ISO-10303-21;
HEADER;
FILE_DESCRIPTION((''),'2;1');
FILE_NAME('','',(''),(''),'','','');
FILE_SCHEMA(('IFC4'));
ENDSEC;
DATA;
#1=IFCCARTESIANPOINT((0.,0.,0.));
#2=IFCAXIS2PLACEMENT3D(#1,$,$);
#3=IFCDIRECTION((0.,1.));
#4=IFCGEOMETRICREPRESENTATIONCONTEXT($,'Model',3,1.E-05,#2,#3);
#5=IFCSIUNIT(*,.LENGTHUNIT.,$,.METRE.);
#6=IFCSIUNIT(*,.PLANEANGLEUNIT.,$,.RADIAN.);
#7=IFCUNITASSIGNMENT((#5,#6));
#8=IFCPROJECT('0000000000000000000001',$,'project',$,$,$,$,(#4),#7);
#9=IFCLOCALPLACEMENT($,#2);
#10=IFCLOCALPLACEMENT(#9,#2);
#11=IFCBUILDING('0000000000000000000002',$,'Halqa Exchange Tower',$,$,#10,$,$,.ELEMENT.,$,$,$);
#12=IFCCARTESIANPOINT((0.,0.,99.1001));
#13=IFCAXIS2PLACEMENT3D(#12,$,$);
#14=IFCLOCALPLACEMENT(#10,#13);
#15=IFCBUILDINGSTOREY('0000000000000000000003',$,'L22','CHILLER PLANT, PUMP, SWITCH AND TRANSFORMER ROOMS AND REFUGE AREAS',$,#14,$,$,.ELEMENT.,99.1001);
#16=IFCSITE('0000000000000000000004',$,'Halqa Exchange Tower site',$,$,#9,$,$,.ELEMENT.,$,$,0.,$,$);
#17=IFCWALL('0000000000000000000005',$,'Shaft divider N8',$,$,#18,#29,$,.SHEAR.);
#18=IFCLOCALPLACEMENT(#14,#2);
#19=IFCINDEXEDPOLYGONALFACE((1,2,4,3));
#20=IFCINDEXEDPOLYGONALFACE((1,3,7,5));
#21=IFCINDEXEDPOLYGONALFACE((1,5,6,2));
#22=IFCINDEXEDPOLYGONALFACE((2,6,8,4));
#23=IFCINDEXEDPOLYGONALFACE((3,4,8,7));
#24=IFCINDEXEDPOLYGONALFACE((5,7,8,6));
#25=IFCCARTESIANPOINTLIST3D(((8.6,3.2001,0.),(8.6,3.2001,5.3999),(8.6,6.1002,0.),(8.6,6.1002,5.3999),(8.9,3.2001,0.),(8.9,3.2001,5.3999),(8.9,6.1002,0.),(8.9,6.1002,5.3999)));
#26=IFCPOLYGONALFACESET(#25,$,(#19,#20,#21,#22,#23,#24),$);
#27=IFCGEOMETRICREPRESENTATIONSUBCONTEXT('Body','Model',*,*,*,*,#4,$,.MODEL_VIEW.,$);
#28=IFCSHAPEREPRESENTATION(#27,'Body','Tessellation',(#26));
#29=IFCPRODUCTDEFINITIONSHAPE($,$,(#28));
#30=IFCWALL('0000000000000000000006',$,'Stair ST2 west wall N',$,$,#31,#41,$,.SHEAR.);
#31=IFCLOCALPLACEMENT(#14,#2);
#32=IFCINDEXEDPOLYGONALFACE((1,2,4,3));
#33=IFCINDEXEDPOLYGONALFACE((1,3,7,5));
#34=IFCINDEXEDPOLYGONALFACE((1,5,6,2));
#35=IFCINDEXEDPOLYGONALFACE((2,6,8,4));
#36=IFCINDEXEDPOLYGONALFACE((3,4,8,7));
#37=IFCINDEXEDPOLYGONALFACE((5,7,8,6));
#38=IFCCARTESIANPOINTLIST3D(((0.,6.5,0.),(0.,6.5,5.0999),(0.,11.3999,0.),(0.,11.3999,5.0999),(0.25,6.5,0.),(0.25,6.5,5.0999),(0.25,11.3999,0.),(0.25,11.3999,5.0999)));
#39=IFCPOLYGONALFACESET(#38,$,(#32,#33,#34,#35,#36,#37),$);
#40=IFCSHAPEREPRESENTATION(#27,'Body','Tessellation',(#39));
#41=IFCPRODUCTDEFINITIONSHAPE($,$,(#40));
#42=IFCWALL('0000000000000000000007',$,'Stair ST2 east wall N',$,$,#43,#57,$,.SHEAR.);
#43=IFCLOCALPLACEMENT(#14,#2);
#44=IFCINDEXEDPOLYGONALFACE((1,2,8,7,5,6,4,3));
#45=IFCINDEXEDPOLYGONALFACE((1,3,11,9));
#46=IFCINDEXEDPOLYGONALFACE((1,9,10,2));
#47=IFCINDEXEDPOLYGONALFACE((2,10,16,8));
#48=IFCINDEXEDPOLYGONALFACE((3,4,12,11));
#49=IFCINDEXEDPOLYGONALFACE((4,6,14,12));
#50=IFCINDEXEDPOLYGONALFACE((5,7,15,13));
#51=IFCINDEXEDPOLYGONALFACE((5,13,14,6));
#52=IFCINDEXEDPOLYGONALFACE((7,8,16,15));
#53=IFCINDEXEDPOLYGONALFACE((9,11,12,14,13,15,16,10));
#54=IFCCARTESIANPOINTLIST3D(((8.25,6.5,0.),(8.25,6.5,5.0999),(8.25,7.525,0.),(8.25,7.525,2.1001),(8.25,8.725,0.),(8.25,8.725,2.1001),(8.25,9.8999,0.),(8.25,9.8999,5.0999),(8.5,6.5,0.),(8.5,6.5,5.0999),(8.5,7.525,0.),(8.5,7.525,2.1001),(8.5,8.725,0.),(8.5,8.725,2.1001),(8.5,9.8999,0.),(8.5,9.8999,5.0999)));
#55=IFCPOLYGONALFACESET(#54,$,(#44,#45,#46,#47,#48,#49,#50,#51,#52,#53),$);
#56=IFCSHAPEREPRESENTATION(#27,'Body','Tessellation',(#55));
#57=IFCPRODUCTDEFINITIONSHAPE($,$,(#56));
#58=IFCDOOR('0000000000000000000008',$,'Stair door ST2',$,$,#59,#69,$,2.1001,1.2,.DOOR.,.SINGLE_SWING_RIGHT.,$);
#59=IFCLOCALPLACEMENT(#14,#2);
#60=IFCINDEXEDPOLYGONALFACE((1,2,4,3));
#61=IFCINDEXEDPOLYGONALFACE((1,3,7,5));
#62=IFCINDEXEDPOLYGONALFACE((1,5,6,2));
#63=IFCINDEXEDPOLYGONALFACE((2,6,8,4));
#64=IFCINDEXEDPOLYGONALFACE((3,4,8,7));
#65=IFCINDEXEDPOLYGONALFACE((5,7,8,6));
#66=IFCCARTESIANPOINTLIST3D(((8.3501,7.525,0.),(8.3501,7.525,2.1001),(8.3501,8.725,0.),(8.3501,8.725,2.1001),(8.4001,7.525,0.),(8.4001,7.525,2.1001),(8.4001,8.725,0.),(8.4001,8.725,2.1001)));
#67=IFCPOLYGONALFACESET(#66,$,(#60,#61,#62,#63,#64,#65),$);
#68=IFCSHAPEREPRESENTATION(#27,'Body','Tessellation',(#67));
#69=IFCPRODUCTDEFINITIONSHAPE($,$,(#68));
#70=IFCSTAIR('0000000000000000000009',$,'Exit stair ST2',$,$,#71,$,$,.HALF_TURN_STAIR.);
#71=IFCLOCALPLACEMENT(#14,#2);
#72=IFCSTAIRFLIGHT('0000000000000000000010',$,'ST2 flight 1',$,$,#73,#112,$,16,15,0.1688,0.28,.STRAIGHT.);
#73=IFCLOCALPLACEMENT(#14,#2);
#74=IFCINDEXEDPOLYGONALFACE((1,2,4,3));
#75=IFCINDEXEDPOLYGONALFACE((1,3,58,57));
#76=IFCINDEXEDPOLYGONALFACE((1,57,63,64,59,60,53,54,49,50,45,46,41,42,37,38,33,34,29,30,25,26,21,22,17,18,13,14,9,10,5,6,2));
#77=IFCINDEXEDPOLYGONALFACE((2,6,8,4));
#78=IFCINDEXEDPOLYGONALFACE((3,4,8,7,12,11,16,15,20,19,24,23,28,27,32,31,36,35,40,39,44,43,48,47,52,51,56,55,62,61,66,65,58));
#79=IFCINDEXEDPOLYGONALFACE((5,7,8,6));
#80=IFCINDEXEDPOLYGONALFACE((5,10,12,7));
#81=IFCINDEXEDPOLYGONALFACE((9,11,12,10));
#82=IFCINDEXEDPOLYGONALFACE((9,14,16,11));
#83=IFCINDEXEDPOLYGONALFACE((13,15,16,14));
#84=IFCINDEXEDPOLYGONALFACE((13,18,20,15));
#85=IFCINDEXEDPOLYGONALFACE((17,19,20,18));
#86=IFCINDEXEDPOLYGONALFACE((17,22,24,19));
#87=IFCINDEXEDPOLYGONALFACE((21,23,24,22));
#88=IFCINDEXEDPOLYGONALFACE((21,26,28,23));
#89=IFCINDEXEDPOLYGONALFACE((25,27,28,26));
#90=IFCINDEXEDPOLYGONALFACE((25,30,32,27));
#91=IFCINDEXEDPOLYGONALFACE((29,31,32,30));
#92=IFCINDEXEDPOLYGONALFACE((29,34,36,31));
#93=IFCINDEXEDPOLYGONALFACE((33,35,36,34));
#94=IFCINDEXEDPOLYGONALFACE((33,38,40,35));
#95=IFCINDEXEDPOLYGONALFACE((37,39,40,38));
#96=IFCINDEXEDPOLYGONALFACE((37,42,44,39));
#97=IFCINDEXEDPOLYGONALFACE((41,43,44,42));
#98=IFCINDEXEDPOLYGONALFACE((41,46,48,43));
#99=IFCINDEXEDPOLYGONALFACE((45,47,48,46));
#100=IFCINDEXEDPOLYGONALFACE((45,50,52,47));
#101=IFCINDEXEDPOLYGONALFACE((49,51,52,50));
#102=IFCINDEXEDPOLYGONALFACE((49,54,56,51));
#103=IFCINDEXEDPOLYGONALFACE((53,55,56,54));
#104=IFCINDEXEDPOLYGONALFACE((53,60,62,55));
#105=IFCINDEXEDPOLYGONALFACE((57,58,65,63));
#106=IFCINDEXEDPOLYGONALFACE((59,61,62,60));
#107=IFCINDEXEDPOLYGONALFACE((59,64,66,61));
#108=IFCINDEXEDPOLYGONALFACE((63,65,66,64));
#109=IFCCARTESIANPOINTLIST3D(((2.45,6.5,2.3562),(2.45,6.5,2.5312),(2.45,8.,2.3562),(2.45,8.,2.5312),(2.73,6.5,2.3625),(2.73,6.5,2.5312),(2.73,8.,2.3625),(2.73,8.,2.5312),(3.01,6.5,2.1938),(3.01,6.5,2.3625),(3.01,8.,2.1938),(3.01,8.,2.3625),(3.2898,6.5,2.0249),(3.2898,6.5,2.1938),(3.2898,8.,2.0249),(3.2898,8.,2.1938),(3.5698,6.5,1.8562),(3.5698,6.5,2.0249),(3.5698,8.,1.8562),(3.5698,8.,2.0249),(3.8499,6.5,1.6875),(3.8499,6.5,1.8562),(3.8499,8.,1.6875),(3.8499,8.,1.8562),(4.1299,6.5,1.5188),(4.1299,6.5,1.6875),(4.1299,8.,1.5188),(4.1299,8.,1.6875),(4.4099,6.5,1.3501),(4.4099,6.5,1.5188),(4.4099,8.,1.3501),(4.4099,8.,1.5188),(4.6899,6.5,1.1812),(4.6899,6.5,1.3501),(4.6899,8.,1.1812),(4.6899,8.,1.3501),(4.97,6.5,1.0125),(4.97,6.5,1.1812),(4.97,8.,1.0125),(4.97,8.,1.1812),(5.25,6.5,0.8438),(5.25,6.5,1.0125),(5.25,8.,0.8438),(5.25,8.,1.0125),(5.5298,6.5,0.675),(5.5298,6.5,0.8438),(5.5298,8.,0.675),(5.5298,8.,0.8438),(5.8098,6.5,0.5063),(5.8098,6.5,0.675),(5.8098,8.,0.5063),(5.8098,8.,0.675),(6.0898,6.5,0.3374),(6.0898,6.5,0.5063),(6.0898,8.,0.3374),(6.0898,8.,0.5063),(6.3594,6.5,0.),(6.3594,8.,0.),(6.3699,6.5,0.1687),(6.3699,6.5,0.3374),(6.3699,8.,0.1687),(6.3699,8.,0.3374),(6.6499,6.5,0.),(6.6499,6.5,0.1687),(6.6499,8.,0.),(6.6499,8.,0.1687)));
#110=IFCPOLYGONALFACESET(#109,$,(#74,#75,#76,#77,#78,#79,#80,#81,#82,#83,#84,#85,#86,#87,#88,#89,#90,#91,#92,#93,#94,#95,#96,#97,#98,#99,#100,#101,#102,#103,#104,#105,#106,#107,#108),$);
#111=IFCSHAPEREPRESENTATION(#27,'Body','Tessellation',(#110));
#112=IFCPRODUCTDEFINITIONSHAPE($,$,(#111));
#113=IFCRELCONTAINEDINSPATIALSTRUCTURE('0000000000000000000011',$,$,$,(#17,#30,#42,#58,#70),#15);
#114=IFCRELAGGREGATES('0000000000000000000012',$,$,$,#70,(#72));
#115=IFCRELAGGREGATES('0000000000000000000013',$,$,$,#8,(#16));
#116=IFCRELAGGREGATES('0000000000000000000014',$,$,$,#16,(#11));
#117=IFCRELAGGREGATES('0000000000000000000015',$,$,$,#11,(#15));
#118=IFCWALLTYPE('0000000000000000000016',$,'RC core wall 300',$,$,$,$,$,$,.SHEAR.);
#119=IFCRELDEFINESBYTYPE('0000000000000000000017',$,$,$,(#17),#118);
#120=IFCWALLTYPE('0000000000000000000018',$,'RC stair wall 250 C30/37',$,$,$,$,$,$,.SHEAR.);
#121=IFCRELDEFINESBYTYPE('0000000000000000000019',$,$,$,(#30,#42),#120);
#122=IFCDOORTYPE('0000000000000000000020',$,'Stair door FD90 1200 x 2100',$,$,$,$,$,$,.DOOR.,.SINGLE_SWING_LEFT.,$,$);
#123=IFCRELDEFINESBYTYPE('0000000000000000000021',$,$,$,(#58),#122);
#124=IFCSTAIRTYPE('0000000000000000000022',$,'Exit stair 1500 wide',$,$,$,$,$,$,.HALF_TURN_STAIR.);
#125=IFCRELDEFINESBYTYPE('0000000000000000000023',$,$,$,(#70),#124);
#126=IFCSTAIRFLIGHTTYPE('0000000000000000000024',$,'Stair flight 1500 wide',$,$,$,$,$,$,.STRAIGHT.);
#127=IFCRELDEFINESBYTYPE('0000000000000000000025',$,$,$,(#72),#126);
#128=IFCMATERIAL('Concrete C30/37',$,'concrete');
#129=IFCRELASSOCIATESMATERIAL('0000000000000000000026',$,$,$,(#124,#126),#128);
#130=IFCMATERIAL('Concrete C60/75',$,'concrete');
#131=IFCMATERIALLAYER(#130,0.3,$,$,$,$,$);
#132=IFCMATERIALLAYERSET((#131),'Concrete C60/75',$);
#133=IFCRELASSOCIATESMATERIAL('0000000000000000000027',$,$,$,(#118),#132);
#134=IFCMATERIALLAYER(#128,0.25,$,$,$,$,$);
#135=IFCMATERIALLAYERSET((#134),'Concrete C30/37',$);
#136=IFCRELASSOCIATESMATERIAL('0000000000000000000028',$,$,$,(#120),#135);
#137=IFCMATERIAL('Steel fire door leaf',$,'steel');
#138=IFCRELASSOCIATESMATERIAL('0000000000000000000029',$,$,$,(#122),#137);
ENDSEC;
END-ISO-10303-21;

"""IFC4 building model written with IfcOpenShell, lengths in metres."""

from ifc_helpers import new_model, si_unit, direction, frame, frame_2d, origin, place, context, subcontext, project, spatial, polyline, rectangle, outline, extrude, material, layer, layer_set, type_object, element, fill, aggregate, save


model = new_model("IFC4")

# Units and contexts
model_context = context("Model", 3, precision=1e-05, world=origin(), true_north=direction((0.0, 1.0)))
body_context = subcontext(model_context, "Body", "Model", "MODEL_VIEW")
ifc_project = project(units=[si_unit("LENGTHUNIT", "METRE"), si_unit("PLANEANGLEUNIT", "RADIAN")], contexts=[model_context])

# Site, building, storey
site_placement = place(None, origin())
site = spatial("IfcSite", under=ifc_project, at=site_placement, Name="Halqa Exchange Tower site", CompositionType="ELEMENT", RefElevation=0.0)
building_placement = place(site_placement, origin())
building = spatial("IfcBuilding", under=site, at=building_placement, Name="Halqa Exchange Tower", CompositionType="ELEMENT")
storey_placement = place(building_placement, frame((0.0, 0.0, 99.1001)))
storey = spatial("IfcBuildingStorey", under=building, at=storey_placement, Name="L22", Description="CHILLER PLANT, PUMP, SWITCH AND TRANSFORMER ROOMS AND REFUGE AREAS", CompositionType="ELEMENT", Elevation=99.1001)

# Shared definitions
ifc_material_1 = material(Name="Concrete C30/37", Category="concrete")
stair_type = type_object("IfcStairType", Name="Exit stair 1500 wide", PredefinedType="HALF_TURN_STAIR", material=ifc_material_1)

# Walls
ifc_material_2 = material(Name="Concrete C60/75", Category="concrete")
ifc_layer_1 = layer(ifc_material_2, 0.3)
ifc_layer_set_1 = layer_set([ifc_layer_1], Name="Concrete C60/75")
wall_type_1 = type_object("IfcWallType", Name="RC core wall 300", PredefinedType="SHEAR", material=ifc_layer_set_1)
for number, where, z_axis, x_axis, name in (
    (1, (8.75, 3.2, 0.0), (0.0, 0.0, 1.0), (0.0, 1.0, 0.0), "Shaft divider N8"),
):
    element("IfcWall", number, at=place(storey_placement, frame(where, z_axis=z_axis, x_axis=x_axis)), inside=storey, type_object=wall_type_1, Name=name, PredefinedType="SHEAR", context=body_context, shape_type="SweptSolid", body=[
        extrude(rectangle(XDim=2.9001, YDim=0.3, at=frame_2d((1.4502, 0.0))), origin(), (0.0, 0.0, 1.0), 5.3999),
    ])
ifc_layer_2 = layer(ifc_material_1, 0.25)
ifc_layer_set_2 = layer_set([ifc_layer_2], Name="Concrete C30/37")
wall_type_2 = type_object("IfcWallType", Name="RC stair wall 250 C30/37", PredefinedType="SHEAR", material=ifc_layer_set_2)
wall_1_placement = place(storey_placement, frame((0.125, 6.5, 0.0), z_axis=(0.0, 0.0, 1.0), x_axis=(0.0, 1.0, 0.0)))
element("IfcWall", 2, at=wall_1_placement, inside=storey, type_object=wall_type_2, Name="Stair ST2 west wall N", PredefinedType="SHEAR", context=body_context, shape_type="SweptSolid", body=[
    extrude(rectangle(XDim=4.8999, YDim=0.25, at=frame_2d((2.45, 0.0))), origin(), (0.0, 0.0, 1.0), 5.0999),
])

# Wall, opening, door
wall_2_placement = place(storey_placement, frame((8.375, 6.5, 0.0), z_axis=(0.0, 0.0, 1.0), x_axis=(0.0, 1.0, 0.0)))
wall_2 = element("IfcWall", 3, at=wall_2_placement, inside=storey, type_object=wall_type_2, Name="Stair ST2 east wall N", PredefinedType="SHEAR", context=body_context, shape_type="SweptSolid", body=[
    extrude(rectangle(XDim=3.3999, YDim=0.25, at=frame_2d((1.7, 0.0))), origin(), (0.0, 0.0, 1.0), 5.0999),
])
opening_placement = place(wall_2_placement, frame((1.0249, 0.0, 0.0)))
opening = element("IfcOpeningElement", 4, at=opening_placement, cuts=wall_2, PredefinedType="OPENING", context=body_context, shape_type="SweptSolid", body=[
    extrude(rectangle(XDim=1.2, YDim=2.1001, at=frame_2d((0.6001, 1.05))), frame((0.0, 0.137, 0.0), z_axis=(0.0, -1.0, 0.0), x_axis=(1.0, 0.0, 0.0)), (0.0, 0.0, 1.0), 0.2739),
])
ifc_material_3 = material(Name="Steel fire door leaf", Category="steel")
door_type = type_object("IfcDoorType", Name="Stair door FD90 1200 x 2100", OperationType="SINGLE_SWING_LEFT", PredefinedType="DOOR", material=ifc_material_3)
door_placement = place(opening_placement, origin())
door = element("IfcDoor", 5, at=door_placement, inside=storey, type_object=door_type, Name="Stair door ST2", OperationType="SINGLE_SWING_RIGHT", OverallHeight=2.1001, OverallWidth=1.2, PredefinedType="DOOR", context=body_context, shape_type="SweptSolid", body=[
    extrude(rectangle(XDim=1.2, YDim=2.1001, at=frame_2d((0.6001, 1.05))), frame((0.0, 0.0249, 0.0), z_axis=(0.0, -1.0, 0.0), x_axis=(1.0, 0.0, 0.0)), (0.0, 0.0, 1.0), 0.05),
])
fill(opening, door)

# Stair, stair flight
stair_1_placement = place(storey_placement, origin())
stair_1 = element("IfcStair", 6, at=stair_1_placement, inside=storey, type_object=stair_type, Name="Exit stair ST2", PredefinedType="HALF_TURN_STAIR")
stair_flight_type = type_object("IfcStairFlightType", Name="Stair flight 1500 wide", PredefinedType="STRAIGHT", material=ifc_material_1)
stair_flight_placement = place(storey_placement, frame((6.6499, 7.25, 0.0), z_axis=(0.0, 0.0, 1.0), x_axis=(-1.0, 0.0, 0.0)))
stair_flight = element("IfcStairFlight", 7, at=stair_flight_placement, type_object=stair_flight_type, Name="ST2 flight 1", NumberOfRisers=16, NumberOfTreads=15, PredefinedType="STRAIGHT", RiserHeight=0.1688, TreadLength=0.28, context=body_context, shape_type="SweptSolid", body=[
    extrude(outline(polyline([(0.0, 0.0), (0.0, 0.1687), (0.28, 0.1687), (0.28, 0.3374), (0.5601, 0.3374), (0.5601, 0.5063), (0.8401, 0.5063), (0.8401, 0.675), (1.1201, 0.675), (1.1201, 0.8438), (1.3999, 0.8438), (1.3999, 1.0125), (1.6799, 1.0125), (1.6799, 1.1812), (1.96, 1.1812), (1.96, 1.3501), (2.24, 1.3501), (2.24, 1.5188), (2.52, 1.5188), (2.52, 1.6875), (2.8, 1.6875), (2.8, 1.8562), (3.0801, 1.8562), (3.0801, 2.0249), (3.3601, 2.0249), (3.3601, 2.1938), (3.6399, 2.1938), (3.6399, 2.3625), (3.9199, 2.3625), (3.9199, 2.5312), (4.2, 2.5312), (4.2, 2.7), (4.2, 2.3562), (0.2905, 0.0), (0.0, 0.0)])), frame((0.0, 0.75, 0.0), z_axis=(0.0, -1.0, 0.0), x_axis=(1.0, 0.0, 0.0)), (0.0, 0.0, 1.0), 1.5),
])
aggregate(stair_1, [stair_flight])

save(model, "model.ifc")
